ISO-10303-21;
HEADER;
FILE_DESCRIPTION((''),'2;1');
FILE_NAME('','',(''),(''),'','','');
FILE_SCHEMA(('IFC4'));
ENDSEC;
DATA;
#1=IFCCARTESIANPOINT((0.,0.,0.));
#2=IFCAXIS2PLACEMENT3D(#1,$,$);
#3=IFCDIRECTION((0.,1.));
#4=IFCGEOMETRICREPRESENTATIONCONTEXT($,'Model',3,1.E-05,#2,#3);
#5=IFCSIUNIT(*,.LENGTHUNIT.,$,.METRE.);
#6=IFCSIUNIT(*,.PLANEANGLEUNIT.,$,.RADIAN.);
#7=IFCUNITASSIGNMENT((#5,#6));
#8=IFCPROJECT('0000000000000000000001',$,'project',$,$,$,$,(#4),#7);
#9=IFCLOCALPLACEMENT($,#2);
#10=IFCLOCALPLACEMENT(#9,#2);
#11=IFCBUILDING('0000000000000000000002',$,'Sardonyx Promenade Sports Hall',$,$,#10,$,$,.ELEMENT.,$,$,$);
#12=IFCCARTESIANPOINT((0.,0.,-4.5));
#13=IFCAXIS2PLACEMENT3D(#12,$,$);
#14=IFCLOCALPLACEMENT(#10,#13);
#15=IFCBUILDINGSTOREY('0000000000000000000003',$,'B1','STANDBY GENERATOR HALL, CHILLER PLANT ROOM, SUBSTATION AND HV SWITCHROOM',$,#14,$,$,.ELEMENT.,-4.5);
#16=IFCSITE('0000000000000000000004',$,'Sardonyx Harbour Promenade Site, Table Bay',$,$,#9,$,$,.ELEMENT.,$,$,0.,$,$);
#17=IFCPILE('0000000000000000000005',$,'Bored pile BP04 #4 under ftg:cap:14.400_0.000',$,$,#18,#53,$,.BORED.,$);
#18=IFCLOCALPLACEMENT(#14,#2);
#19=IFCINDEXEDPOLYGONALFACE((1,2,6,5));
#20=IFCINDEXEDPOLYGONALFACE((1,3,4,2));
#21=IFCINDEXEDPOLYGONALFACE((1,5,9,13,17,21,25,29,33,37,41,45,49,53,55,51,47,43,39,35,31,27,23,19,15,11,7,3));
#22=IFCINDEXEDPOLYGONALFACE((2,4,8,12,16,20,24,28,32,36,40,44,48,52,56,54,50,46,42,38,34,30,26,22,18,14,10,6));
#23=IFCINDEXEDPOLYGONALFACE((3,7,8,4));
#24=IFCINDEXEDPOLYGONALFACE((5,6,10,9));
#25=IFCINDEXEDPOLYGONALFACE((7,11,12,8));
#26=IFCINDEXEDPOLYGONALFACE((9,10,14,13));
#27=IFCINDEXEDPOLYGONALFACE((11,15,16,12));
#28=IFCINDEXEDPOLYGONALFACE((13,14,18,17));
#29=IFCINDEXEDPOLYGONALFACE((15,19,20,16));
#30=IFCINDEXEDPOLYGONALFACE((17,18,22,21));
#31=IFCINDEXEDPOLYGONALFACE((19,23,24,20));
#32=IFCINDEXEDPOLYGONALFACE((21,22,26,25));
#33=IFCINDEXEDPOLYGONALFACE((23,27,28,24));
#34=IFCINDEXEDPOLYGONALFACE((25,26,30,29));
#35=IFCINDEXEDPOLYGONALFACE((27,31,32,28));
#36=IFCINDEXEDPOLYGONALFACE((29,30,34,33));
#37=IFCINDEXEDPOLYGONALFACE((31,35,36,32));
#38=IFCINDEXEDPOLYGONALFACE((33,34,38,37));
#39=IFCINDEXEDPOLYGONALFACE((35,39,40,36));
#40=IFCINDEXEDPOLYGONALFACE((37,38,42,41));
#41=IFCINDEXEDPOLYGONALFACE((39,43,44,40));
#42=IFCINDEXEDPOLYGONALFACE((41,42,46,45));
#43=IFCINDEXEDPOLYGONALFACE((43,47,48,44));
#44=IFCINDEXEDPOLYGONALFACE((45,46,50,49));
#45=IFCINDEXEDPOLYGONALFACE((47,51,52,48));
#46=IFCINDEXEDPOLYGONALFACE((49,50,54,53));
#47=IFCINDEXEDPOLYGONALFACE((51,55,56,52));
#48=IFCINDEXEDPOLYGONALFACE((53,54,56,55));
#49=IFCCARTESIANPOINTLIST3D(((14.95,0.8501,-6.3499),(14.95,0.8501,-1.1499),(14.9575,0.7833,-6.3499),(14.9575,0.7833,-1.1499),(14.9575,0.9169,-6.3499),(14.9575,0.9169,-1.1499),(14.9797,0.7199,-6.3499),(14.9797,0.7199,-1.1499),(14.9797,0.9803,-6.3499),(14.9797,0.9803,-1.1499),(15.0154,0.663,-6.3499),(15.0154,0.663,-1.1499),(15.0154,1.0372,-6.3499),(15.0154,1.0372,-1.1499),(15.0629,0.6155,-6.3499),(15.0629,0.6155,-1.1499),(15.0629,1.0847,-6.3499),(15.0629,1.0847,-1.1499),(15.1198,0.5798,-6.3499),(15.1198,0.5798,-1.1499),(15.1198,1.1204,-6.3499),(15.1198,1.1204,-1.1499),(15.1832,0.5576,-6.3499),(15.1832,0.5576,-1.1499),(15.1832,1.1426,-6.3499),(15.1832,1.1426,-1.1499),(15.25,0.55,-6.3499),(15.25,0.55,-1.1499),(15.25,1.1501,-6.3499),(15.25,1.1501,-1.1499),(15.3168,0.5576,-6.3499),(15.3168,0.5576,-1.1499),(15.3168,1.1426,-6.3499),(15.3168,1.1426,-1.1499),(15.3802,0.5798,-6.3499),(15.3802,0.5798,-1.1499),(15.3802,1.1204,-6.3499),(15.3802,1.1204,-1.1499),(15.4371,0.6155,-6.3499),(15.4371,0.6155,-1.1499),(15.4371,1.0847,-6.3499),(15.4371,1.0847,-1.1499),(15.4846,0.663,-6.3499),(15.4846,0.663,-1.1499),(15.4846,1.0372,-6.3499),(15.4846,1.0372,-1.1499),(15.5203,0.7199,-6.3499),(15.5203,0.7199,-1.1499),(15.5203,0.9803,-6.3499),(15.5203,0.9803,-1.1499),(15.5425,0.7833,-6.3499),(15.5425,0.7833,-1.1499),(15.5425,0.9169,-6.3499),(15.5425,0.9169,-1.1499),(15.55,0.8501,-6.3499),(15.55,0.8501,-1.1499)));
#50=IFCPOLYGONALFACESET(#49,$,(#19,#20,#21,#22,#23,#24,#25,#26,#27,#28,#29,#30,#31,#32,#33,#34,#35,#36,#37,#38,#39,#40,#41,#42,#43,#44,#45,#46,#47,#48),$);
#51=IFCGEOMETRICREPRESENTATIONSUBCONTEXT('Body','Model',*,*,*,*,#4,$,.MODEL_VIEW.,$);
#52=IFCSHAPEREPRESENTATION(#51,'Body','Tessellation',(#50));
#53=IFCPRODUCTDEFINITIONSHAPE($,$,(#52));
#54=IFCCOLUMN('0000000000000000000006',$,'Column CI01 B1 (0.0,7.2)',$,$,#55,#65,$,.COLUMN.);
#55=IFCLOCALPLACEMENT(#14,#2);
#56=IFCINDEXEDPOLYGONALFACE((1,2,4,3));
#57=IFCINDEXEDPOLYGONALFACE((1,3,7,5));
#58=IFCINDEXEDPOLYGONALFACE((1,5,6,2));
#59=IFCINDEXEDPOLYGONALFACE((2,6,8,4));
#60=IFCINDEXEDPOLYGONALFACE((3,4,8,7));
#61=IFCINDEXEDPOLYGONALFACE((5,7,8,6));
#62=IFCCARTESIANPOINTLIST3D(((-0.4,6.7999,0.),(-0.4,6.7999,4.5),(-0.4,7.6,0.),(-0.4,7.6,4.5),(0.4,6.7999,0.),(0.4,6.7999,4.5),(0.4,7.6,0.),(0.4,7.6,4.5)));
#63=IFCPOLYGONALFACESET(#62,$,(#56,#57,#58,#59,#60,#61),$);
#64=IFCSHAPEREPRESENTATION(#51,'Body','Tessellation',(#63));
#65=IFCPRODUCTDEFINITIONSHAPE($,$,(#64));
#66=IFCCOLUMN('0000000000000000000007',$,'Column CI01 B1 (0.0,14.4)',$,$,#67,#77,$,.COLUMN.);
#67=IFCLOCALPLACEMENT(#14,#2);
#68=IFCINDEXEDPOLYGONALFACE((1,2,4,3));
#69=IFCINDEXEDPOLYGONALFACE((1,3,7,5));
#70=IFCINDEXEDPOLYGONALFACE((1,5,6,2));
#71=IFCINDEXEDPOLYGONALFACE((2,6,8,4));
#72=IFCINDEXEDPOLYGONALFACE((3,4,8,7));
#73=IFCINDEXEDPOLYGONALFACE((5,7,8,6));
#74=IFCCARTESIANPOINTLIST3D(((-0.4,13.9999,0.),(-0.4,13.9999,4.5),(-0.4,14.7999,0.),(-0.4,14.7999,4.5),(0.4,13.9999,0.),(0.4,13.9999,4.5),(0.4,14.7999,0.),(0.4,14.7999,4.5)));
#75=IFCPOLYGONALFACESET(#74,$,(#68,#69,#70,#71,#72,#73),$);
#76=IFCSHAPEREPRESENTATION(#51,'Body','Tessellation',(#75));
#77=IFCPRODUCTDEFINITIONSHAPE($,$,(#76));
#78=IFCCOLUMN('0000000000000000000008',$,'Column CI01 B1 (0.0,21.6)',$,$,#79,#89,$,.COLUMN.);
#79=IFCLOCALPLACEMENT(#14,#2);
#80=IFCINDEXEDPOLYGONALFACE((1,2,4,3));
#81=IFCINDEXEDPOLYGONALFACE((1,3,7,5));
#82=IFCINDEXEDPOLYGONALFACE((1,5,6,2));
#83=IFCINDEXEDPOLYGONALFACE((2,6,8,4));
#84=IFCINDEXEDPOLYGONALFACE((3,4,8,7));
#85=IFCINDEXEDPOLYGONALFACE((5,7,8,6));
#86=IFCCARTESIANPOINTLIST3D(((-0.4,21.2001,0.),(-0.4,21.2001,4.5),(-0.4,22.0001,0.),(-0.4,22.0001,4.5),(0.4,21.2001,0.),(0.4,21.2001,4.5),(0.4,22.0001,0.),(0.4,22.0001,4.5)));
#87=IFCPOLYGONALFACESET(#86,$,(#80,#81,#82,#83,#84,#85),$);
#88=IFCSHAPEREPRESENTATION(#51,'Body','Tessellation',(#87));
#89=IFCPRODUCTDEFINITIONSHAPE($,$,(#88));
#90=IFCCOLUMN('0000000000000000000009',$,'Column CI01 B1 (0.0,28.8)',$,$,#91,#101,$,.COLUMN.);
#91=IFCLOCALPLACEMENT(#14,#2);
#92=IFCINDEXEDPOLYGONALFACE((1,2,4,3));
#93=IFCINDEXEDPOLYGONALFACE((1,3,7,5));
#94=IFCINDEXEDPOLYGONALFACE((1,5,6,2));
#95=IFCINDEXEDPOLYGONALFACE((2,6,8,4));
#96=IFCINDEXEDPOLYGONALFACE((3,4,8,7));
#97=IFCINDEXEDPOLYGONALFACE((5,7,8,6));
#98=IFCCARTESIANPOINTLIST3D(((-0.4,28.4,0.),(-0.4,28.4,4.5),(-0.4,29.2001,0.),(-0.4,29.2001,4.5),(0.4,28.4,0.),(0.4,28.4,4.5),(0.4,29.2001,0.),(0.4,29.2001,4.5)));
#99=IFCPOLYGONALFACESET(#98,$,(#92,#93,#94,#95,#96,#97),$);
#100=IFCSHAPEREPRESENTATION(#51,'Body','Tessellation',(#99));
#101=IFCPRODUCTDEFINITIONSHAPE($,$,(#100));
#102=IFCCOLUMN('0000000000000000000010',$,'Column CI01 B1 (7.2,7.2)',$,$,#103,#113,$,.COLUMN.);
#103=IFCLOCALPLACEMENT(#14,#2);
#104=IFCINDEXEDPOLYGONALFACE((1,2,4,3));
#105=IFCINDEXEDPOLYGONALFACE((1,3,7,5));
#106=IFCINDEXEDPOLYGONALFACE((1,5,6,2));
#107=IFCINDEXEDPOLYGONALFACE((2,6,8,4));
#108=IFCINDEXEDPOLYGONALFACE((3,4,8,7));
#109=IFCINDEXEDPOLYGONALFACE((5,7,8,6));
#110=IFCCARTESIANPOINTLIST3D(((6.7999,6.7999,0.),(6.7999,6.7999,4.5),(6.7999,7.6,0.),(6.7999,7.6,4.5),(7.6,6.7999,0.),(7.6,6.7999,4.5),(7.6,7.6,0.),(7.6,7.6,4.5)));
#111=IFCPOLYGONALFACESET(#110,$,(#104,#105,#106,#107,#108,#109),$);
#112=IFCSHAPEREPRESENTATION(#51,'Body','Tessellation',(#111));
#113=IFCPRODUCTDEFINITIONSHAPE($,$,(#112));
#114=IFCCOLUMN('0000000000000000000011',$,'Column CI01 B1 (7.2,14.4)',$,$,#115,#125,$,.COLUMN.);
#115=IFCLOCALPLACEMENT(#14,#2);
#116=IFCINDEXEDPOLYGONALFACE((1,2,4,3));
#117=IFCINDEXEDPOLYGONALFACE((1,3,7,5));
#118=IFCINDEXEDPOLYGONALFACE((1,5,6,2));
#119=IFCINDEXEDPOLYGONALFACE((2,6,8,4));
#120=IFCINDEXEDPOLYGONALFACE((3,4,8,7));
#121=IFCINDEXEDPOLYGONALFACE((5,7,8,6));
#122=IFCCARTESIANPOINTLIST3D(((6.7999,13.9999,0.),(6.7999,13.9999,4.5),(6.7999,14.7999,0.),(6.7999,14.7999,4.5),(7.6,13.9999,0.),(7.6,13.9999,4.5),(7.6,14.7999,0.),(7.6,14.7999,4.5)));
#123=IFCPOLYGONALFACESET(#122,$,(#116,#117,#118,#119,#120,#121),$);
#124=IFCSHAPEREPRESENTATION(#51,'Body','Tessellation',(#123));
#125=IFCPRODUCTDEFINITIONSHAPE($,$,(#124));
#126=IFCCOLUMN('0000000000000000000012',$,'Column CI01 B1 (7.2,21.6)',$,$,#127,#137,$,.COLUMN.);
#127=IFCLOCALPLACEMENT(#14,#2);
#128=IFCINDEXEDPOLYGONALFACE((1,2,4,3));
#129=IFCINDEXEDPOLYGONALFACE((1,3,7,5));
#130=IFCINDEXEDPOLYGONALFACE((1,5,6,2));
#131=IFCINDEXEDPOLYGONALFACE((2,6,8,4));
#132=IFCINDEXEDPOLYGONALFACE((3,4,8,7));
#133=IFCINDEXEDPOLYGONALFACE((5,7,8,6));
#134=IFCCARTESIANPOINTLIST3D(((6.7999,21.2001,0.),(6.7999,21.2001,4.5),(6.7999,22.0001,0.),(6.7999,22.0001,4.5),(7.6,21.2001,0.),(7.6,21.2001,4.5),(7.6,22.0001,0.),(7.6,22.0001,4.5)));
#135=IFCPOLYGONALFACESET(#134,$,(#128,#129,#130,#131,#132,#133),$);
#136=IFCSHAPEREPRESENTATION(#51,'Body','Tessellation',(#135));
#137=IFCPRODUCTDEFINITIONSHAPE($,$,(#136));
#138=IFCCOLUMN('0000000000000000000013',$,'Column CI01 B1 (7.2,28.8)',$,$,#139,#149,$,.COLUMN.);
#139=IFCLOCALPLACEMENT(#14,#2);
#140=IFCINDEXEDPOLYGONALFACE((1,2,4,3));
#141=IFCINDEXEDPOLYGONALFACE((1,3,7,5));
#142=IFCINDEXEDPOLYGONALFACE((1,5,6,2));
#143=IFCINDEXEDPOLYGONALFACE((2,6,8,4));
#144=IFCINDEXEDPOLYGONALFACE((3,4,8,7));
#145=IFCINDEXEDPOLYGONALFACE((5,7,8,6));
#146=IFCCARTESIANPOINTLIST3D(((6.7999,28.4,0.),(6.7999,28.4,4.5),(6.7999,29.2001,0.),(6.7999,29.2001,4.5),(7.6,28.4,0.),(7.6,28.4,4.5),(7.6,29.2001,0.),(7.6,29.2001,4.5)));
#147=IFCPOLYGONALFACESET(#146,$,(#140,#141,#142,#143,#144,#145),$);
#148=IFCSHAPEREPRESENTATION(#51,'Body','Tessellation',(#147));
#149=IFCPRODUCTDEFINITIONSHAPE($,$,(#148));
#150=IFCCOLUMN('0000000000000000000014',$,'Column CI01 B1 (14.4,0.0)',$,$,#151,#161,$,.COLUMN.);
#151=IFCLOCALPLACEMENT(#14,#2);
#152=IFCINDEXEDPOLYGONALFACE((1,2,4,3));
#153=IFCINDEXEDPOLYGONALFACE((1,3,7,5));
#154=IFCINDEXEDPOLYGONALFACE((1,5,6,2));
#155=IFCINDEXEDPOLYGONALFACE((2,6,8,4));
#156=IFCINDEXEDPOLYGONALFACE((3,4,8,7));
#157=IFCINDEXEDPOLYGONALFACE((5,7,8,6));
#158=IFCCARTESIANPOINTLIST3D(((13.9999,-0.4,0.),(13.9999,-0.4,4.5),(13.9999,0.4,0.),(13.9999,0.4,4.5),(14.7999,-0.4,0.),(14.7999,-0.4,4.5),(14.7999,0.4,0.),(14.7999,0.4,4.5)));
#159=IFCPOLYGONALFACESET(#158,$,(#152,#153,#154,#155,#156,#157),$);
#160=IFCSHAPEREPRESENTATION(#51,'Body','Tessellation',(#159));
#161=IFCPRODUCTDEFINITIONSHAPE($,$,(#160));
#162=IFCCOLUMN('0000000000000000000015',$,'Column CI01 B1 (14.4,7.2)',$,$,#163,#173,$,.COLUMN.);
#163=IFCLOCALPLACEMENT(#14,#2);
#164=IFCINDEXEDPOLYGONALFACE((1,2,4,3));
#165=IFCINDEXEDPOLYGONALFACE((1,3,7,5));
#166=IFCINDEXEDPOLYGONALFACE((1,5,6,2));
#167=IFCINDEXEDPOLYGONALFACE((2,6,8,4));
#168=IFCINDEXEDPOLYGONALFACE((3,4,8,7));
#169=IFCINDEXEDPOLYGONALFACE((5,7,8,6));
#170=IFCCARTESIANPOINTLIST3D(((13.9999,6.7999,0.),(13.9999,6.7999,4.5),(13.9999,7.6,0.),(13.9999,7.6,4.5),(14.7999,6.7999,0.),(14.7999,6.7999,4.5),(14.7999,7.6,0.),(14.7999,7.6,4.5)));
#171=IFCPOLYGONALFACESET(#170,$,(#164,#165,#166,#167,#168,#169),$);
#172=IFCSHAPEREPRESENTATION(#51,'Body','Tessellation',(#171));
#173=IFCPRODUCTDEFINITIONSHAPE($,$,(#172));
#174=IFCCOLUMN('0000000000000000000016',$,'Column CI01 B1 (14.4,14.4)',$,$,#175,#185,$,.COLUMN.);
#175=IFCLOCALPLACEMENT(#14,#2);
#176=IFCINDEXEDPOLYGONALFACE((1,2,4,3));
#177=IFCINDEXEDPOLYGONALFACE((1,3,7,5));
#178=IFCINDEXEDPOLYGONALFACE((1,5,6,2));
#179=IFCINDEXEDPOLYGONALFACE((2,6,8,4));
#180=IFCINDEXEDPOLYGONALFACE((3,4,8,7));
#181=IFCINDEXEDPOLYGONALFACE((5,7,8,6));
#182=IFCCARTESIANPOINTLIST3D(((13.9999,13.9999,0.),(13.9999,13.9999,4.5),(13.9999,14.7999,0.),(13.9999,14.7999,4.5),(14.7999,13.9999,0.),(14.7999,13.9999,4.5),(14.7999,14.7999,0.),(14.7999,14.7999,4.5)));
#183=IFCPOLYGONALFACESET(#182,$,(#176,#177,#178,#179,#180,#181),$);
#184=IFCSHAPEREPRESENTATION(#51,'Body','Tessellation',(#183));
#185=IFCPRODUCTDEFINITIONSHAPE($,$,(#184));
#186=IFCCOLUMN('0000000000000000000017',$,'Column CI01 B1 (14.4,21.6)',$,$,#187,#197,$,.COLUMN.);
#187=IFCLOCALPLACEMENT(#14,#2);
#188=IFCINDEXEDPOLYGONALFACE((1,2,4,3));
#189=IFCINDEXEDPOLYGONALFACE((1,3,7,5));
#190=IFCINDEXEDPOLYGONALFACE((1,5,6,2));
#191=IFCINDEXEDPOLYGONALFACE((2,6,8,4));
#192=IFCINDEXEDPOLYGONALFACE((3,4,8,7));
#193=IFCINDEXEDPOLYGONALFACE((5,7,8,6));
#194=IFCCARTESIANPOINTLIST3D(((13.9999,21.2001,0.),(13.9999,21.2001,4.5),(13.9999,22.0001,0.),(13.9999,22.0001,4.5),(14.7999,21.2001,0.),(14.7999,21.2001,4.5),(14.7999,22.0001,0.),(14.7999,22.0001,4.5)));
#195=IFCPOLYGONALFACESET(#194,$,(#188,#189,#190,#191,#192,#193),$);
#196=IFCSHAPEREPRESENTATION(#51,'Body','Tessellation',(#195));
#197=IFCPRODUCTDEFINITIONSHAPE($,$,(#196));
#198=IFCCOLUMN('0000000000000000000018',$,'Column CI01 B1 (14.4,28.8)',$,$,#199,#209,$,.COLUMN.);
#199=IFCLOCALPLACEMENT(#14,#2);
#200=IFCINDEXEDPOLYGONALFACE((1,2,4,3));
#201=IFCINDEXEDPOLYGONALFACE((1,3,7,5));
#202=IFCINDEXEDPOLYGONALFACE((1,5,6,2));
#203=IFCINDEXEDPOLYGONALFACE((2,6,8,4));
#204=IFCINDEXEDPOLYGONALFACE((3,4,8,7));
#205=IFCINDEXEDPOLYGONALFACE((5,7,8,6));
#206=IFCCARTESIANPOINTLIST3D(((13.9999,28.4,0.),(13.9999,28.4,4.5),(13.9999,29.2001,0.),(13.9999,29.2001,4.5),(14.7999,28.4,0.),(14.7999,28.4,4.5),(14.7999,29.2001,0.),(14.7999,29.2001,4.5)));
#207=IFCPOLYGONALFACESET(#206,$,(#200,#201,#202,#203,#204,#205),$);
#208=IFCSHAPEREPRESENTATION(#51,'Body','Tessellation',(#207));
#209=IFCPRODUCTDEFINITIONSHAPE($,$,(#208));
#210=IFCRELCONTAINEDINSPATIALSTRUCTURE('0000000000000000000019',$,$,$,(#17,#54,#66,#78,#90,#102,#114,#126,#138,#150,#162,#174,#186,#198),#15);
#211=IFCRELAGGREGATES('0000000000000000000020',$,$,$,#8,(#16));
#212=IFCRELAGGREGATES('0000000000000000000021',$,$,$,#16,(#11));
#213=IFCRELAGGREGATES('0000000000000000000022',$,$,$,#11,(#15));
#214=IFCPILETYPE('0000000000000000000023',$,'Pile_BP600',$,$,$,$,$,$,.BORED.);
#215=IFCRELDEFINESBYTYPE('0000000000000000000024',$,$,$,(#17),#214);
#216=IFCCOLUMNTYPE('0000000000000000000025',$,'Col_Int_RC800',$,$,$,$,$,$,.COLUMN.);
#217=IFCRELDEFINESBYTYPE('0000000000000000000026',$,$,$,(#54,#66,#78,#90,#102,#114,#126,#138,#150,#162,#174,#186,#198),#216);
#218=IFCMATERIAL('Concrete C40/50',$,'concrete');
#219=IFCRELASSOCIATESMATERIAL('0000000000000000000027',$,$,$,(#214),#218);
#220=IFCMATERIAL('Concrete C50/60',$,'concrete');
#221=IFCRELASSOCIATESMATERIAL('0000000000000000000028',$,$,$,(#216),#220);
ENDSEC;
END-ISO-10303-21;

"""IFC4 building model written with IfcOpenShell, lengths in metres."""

from ifc_helpers import new_model, si_unit, direction, frame, origin, origin_2d, place, context, subcontext, project, spatial, rectangle, circle, extrude, material, material_profile, profile_set, type_object, element, save


model = new_model("IFC4")

# Units and contexts
model_context = context("Model", 3, precision=1e-05, world=origin(), true_north=direction((0.0, 1.0)))
body_context = subcontext(model_context, "Body", "Model", "MODEL_VIEW")
ifc_project = project(units=[si_unit("LENGTHUNIT", "METRE"), si_unit("PLANEANGLEUNIT", "RADIAN")], contexts=[model_context])

# Site, building, storey
site_placement = place(None, origin())
site = spatial("IfcSite", under=ifc_project, at=site_placement, Name="Sardonyx Harbour Promenade Site, Table Bay", CompositionType="ELEMENT", RefElevation=0.0)
building_placement = place(site_placement, origin())
building = spatial("IfcBuilding", under=site, at=building_placement, Name="Sardonyx Promenade Sports Hall", CompositionType="ELEMENT")
storey_placement = place(building_placement, frame((0.0, 0.0, -4.5)))
storey = spatial("IfcBuildingStorey", under=building, at=storey_placement, Name="B1", Description="STANDBY GENERATOR HALL, CHILLER PLANT ROOM, SUBSTATION AND HV SWITCHROOM", CompositionType="ELEMENT", Elevation=-4.5)

# Pile
ifc_material_1 = material(Name="Concrete C40/50", Category="concrete")
ifc_material_profile_1 = material_profile(ifc_material_1, circle(Radius=0.3, at=origin_2d()))
ifc_profile_set_1 = profile_set([ifc_material_profile_1], Name="Concrete C40/50")
pile_type = type_object("IfcPileType", Name="Pile_BP600", PredefinedType="BORED", material=ifc_profile_set_1)
for number, where, z_axis, x_axis, name in (
    (1, (15.25, 0.8501, -1.1499), (0.0, 0.0, -1.0), (1.0, 0.0, 0.0), "Bored pile BP04 #4 under ftg:cap:14.400_0.000"),
):
    element("IfcPile", number, at=place(storey_placement, frame(where, z_axis=z_axis, x_axis=x_axis)), inside=storey, type_object=pile_type, Name=name, PredefinedType="BORED", context=body_context, shape_type="SweptSolid", body=[
        extrude(circle(Radius=0.3, at=origin_2d()), origin(), (0.0, 0.0, 1.0), 5.2),
    ])

# Columns
ifc_material_2 = material(Name="Concrete C50/60", Category="concrete")
ifc_material_profile_2 = material_profile(ifc_material_2, rectangle(XDim=0.8, YDim=0.8, at=origin_2d()))
ifc_profile_set_2 = profile_set([ifc_material_profile_2], Name="Concrete C50/60")
column_type = type_object("IfcColumnType", Name="Col_Int_RC800", PredefinedType="COLUMN", material=ifc_profile_set_2)
for number, where, z_axis, x_axis, name in (
    (2, (0.0, 7.2, 0.0), (0.0, 0.0, 1.0), (1.0, 0.0, 0.0), "Column CI01 B1 (0.0,7.2)"),
    (3, (0.0, 14.3999, 0.0), (0.0, 0.0, 1.0), (1.0, 0.0, 0.0), "Column CI01 B1 (0.0,14.4)"),
    (4, (0.0, 21.6001, 0.0), (0.0, 0.0, 1.0), (1.0, 0.0, 0.0), "Column CI01 B1 (0.0,21.6)"),
    (5, (0.0, 28.8, 0.0), (0.0, 0.0, 1.0), (1.0, 0.0, 0.0), "Column CI01 B1 (0.0,28.8)"),
    (6, (7.2, 7.2, 0.0), (0.0, 0.0, 1.0), (1.0, 0.0, 0.0), "Column CI01 B1 (7.2,7.2)"),
    (7, (7.2, 14.3999, 0.0), (0.0, 0.0, 1.0), (1.0, 0.0, 0.0), "Column CI01 B1 (7.2,14.4)"),
    (8, (7.2, 21.6001, 0.0), (0.0, 0.0, 1.0), (1.0, 0.0, 0.0), "Column CI01 B1 (7.2,21.6)"),
    (9, (7.2, 28.8, 0.0), (0.0, 0.0, 1.0), (1.0, 0.0, 0.0), "Column CI01 B1 (7.2,28.8)"),
    (10, (14.3999, 0.0, 0.0), (0.0, 0.0, 1.0), (1.0, 0.0, 0.0), "Column CI01 B1 (14.4,0.0)"),
    (11, (14.3999, 7.2, 0.0), (0.0, 0.0, 1.0), (1.0, 0.0, 0.0), "Column CI01 B1 (14.4,7.2)"),
    (12, (14.3999, 14.3999, 0.0), (0.0, 0.0, 1.0), (1.0, 0.0, 0.0), "Column CI01 B1 (14.4,14.4)"),
    (13, (14.3999, 21.6001, 0.0), (0.0, 0.0, 1.0), (1.0, 0.0, 0.0), "Column CI01 B1 (14.4,21.6)"),
    (14, (14.3999, 28.8, 0.0), (0.0, 0.0, 1.0), (1.0, 0.0, 0.0), "Column CI01 B1 (14.4,28.8)"),
):
    element("IfcColumn", number, at=place(storey_placement, frame(where, z_axis=z_axis, x_axis=x_axis)), inside=storey, type_object=column_type, Name=name, PredefinedType="COLUMN", context=body_context, shape_type="SweptSolid", body=[
        extrude(rectangle(XDim=0.8, YDim=0.8, at=origin_2d()), origin(), (0.0, 0.0, 1.0), 4.5),
    ])

save(model, "model.ifc")
